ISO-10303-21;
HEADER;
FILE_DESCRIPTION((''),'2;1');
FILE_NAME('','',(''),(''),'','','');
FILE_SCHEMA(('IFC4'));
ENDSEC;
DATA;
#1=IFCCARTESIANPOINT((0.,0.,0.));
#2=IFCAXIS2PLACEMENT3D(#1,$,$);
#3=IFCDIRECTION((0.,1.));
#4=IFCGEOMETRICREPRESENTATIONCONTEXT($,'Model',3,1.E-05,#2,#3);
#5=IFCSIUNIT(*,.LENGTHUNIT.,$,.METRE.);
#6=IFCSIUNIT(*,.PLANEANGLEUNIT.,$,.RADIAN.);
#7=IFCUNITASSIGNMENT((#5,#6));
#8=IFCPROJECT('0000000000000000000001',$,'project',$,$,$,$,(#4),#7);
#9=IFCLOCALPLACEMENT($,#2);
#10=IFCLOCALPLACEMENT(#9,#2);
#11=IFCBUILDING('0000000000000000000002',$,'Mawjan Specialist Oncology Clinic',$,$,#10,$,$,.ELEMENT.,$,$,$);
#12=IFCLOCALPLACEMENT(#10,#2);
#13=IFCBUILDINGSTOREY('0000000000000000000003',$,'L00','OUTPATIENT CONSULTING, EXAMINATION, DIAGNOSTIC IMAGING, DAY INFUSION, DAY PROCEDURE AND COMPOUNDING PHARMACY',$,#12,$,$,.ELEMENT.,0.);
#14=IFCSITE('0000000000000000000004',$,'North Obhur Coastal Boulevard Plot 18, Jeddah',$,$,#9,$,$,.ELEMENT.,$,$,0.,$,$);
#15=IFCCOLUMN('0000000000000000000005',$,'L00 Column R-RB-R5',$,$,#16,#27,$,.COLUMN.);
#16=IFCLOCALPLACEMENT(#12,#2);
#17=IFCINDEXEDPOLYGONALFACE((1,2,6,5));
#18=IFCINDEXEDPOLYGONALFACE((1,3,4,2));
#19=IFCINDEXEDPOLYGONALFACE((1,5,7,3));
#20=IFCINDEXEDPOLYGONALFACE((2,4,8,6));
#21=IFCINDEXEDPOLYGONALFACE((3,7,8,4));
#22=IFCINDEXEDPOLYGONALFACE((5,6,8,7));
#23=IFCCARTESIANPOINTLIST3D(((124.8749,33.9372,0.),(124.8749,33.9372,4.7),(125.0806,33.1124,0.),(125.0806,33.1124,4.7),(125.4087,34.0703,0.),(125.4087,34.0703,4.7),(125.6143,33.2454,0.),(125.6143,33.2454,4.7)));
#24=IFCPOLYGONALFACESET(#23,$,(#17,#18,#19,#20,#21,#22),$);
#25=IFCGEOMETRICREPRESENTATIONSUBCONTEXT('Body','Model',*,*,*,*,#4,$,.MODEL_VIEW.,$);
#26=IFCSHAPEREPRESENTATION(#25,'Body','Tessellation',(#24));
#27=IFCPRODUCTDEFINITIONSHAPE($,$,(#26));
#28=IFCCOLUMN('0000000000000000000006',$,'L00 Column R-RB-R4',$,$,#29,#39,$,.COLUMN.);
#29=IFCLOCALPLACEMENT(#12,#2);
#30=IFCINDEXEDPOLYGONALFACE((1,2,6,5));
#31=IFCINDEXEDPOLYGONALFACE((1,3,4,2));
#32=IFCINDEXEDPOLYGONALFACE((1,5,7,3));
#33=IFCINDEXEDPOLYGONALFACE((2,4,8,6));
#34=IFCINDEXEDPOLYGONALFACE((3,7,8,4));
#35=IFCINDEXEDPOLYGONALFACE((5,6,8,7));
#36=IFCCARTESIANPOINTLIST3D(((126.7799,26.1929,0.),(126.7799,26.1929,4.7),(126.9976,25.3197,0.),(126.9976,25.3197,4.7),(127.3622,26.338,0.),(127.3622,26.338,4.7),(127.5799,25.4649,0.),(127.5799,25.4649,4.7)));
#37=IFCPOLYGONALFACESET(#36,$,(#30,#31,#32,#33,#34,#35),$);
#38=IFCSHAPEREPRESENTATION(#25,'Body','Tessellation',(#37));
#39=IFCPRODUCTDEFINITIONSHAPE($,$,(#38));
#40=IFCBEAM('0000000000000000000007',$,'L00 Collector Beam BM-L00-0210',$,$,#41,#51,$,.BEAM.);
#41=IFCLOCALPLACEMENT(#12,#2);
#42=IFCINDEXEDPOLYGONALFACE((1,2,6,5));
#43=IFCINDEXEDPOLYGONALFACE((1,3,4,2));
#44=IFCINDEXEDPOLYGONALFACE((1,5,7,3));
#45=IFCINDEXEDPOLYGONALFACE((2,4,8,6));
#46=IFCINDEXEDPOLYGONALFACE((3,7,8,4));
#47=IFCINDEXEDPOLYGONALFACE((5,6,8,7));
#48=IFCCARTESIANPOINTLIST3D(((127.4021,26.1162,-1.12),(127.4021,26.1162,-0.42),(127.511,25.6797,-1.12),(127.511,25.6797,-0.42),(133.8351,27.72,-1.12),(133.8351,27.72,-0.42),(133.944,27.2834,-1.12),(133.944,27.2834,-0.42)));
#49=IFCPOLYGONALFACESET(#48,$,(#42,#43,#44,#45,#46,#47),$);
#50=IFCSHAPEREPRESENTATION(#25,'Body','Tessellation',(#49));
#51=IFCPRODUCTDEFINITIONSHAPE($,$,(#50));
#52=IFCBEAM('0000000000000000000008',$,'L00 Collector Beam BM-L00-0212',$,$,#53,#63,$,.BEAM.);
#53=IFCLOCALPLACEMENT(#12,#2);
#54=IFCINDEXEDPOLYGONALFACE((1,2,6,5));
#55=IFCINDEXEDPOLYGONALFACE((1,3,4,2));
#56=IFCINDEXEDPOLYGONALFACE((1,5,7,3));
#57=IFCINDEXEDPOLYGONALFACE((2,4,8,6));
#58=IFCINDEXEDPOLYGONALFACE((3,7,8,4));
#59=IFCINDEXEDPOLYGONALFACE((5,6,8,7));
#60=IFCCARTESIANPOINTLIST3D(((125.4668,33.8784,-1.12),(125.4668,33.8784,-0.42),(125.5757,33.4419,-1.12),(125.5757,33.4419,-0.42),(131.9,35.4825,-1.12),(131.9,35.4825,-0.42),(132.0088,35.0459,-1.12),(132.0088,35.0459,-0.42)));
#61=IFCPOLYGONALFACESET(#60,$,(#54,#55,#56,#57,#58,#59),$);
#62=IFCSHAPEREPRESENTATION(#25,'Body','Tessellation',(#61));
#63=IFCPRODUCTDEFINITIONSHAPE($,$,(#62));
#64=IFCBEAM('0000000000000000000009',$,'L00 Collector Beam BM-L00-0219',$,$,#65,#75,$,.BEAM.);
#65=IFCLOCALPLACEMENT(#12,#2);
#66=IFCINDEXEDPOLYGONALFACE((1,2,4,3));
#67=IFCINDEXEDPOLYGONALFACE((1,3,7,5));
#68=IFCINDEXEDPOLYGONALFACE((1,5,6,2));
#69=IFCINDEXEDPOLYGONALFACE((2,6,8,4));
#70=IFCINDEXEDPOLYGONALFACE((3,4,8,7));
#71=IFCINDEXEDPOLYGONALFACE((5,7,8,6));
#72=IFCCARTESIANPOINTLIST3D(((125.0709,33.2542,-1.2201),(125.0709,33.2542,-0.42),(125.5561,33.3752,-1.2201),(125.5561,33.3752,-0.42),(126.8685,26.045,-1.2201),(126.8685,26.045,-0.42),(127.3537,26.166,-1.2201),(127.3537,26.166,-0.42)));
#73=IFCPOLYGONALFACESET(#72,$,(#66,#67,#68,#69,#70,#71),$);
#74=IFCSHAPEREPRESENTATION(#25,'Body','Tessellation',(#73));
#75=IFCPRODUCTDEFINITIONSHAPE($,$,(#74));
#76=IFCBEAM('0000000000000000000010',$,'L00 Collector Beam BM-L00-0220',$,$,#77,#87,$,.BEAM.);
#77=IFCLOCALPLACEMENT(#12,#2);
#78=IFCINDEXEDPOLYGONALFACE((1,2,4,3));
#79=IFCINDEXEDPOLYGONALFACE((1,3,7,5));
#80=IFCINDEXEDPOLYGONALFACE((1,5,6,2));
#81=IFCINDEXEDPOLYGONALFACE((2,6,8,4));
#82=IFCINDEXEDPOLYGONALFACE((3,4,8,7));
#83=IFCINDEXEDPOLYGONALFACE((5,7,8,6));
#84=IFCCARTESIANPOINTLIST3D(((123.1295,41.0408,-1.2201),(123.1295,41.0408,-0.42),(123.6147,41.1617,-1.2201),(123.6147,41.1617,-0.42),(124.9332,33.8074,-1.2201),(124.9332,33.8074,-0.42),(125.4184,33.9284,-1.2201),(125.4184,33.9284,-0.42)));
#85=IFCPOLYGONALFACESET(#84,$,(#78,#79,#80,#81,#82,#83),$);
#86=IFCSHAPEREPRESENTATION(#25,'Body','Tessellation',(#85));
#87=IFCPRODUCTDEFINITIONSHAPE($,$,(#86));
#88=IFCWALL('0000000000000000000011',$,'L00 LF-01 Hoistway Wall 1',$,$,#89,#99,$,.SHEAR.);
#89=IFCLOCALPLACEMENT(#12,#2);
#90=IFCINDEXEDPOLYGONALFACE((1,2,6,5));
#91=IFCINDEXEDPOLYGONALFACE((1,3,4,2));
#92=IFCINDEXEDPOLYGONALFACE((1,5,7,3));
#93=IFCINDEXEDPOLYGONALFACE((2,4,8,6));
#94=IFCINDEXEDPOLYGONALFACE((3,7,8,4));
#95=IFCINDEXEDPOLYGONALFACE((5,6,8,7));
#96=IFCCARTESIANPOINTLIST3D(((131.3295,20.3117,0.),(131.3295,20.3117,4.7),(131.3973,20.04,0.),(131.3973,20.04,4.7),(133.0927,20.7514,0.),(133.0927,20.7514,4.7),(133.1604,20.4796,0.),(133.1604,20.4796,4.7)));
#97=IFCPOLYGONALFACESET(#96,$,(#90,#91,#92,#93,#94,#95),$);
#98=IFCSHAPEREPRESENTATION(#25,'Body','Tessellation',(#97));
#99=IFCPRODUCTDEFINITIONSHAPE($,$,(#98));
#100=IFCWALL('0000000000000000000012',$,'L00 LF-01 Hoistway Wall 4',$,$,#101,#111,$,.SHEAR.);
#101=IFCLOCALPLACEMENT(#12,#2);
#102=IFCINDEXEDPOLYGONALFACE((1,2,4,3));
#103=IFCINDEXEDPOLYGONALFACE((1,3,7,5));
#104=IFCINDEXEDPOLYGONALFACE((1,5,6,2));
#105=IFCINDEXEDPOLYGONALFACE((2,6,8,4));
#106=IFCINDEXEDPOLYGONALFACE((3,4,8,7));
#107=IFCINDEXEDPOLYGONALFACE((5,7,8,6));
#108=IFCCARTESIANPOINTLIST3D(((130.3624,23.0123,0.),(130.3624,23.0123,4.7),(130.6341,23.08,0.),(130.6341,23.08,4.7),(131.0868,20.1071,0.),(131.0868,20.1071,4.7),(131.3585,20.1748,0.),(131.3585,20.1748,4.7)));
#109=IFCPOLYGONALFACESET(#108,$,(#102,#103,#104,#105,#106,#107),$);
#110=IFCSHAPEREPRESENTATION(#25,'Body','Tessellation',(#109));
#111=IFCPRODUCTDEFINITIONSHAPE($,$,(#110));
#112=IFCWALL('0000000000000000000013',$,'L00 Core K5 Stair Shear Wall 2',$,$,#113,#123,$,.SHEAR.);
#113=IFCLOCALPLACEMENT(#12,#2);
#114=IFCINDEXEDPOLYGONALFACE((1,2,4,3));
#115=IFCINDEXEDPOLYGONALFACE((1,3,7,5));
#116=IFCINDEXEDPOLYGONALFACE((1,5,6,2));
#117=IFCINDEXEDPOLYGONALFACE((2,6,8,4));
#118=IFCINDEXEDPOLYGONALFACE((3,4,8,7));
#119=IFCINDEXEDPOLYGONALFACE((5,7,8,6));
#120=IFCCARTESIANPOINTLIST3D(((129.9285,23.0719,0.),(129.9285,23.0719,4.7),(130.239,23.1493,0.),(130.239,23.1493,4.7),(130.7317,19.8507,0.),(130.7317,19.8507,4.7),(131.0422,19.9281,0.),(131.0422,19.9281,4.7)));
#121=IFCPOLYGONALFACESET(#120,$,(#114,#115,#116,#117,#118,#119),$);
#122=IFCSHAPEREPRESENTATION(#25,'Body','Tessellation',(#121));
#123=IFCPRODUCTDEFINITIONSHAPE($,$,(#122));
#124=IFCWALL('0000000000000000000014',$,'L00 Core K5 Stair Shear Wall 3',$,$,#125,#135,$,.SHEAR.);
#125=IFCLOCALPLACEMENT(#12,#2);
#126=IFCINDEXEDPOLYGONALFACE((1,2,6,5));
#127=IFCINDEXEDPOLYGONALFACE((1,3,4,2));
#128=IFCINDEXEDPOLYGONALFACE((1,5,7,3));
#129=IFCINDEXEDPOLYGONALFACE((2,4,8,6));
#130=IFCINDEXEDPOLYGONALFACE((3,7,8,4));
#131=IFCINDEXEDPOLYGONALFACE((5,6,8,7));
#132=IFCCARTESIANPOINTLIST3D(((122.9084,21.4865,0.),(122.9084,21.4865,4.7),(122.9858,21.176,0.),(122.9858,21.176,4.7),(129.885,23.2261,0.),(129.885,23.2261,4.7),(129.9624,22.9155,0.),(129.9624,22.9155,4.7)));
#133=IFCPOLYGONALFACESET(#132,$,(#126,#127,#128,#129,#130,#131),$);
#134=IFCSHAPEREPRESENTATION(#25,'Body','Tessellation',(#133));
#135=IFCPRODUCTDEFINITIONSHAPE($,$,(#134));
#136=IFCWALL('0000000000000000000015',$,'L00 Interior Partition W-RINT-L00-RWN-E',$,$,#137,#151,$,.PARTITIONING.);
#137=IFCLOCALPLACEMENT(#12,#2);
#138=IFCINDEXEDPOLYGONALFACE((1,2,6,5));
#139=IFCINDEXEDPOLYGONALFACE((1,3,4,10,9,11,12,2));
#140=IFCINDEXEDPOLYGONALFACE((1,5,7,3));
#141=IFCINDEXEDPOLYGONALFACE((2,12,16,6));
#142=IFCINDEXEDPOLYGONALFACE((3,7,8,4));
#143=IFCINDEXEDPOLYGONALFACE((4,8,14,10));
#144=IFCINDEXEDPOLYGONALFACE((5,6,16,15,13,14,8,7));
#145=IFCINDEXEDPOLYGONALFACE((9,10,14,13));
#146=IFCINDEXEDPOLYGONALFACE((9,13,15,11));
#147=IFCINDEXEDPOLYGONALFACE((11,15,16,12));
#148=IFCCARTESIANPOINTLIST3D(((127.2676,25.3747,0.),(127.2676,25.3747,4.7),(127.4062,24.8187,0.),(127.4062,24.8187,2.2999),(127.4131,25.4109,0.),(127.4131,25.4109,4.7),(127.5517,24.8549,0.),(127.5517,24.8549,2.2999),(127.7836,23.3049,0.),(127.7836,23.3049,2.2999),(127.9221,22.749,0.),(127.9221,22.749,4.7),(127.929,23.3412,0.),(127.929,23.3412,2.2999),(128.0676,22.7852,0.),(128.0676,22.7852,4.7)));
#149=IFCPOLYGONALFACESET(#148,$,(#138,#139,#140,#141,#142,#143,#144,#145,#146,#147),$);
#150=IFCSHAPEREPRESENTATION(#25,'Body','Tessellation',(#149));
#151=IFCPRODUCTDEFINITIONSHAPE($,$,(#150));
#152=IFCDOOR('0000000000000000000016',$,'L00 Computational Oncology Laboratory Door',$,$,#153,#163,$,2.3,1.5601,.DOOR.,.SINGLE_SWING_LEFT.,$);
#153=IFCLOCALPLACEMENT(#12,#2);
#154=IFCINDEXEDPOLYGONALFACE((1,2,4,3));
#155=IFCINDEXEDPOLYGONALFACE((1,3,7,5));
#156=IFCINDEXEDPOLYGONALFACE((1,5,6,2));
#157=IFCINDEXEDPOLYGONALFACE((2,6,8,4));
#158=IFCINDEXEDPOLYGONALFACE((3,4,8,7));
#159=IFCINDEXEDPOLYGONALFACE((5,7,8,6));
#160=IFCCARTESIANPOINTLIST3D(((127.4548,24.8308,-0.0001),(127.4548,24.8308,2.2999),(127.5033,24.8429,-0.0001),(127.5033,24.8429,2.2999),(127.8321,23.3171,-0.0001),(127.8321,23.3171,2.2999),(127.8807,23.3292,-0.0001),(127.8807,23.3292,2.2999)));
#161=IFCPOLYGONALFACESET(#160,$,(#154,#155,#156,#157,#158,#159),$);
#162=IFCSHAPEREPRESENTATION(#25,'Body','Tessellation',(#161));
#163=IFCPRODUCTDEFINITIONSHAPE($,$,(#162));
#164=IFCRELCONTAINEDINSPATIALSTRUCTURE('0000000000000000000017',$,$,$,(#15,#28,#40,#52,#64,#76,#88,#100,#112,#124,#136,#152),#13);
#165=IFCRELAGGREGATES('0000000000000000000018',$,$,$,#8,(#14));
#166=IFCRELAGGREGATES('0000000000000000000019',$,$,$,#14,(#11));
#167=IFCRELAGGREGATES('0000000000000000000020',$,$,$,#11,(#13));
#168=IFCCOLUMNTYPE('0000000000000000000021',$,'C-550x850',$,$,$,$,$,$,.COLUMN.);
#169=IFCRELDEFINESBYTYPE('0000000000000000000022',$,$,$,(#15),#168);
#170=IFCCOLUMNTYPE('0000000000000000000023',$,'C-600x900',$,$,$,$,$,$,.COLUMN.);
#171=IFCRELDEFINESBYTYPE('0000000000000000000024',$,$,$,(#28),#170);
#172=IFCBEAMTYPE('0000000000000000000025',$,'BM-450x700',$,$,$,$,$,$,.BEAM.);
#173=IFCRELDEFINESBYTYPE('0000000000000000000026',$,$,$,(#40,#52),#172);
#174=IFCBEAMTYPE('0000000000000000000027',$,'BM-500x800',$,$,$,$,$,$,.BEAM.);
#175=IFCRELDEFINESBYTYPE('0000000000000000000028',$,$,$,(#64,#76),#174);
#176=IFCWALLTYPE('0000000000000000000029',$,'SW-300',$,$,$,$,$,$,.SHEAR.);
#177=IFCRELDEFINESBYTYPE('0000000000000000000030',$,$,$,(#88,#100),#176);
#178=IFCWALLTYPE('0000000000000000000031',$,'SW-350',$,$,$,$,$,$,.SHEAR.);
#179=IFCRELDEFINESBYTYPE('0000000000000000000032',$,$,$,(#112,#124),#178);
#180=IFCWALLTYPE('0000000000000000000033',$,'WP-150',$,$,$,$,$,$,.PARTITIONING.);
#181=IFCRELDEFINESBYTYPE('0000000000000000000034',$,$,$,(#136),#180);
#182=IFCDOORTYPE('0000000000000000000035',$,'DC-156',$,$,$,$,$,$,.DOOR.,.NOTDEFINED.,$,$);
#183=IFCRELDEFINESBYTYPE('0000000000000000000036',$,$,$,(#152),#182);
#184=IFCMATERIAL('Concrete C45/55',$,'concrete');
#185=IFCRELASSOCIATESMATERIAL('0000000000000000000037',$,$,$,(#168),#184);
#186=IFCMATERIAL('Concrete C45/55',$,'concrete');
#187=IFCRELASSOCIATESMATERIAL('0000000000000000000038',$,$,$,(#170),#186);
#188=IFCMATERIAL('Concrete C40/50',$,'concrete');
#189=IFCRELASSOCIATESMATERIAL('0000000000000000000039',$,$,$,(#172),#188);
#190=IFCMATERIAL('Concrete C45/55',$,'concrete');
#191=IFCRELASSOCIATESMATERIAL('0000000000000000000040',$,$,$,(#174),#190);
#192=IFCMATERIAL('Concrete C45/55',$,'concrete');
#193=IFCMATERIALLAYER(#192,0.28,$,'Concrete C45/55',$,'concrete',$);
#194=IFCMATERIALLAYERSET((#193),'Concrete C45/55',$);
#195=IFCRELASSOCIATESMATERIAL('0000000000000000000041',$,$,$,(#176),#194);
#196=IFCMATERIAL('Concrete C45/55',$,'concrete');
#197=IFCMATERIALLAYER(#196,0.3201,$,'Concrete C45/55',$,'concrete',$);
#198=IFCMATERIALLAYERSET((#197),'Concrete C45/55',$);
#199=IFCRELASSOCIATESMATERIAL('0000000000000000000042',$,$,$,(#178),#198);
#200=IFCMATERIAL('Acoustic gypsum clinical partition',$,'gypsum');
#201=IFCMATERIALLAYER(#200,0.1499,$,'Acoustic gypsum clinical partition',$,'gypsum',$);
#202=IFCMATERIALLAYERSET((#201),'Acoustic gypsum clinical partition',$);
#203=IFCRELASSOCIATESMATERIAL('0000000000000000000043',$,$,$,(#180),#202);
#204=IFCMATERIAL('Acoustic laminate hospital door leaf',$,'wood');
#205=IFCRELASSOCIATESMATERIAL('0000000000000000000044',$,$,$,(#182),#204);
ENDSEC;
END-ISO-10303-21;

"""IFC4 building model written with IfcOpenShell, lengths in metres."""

from ifc_helpers import new_model, si_unit, direction, frame, frame_2d, origin, origin_2d, place, context, subcontext, project, spatial, rectangle, extrude, material, layer, layer_set, material_profile, profile_set, type_object, element, fill, save


model = new_model("IFC4")

# Units and contexts
model_context = context("Model", 3, precision=1e-05, world=origin(), true_north=direction((0.0, 1.0)))
body_context = subcontext(model_context, "Body", "Model", "MODEL_VIEW")
ifc_project = project(units=[si_unit("LENGTHUNIT", "METRE"), si_unit("PLANEANGLEUNIT", "RADIAN")], contexts=[model_context])

# Site, building, storey
site_placement = place(None, origin())
site = spatial("IfcSite", under=ifc_project, at=site_placement, Name="North Obhur Coastal Boulevard Plot 18, Jeddah", CompositionType="ELEMENT", RefElevation=0.0)
building_placement = place(site_placement, origin())
building = spatial("IfcBuilding", under=site, at=building_placement, Name="Mawjan Specialist Oncology Clinic", CompositionType="ELEMENT")
storey_placement = place(building_placement, origin())
storey = spatial("IfcBuildingStorey", under=building, at=storey_placement, Name="L00", Description="OUTPATIENT CONSULTING, EXAMINATION, DIAGNOSTIC IMAGING, DAY INFUSION, DAY PROCEDURE AND COMPOUNDING PHARMACY", CompositionType="ELEMENT", Elevation=0.0)

# Columns
ifc_material_1 = material(Name="Concrete C45/55", Category="concrete")
ifc_material_profile_1 = material_profile(ifc_material_1, rectangle(XDim=0.55, YDim=0.8501, at=origin_2d()), Name="RC COL 550x850", Category="concrete")
ifc_profile_set_1 = profile_set([ifc_material_profile_1], Name="Concrete C45/55")
column_type_1 = type_object("IfcColumnType", Name="C-550x850", PredefinedType="COLUMN", material=ifc_profile_set_1)
column_1_placement = place(storey_placement, frame((125.2446, 33.5913, 0.0), z_axis=(0.0, 0.0, 1.0), x_axis=(0.970296, 0.241922, 0.0)))
element("IfcColumn", 1, at=column_1_placement, inside=storey, type_object=column_type_1, Name="L00 Column R-RB-R5", PredefinedType="COLUMN", context=body_context, shape_type="SweptSolid", body=[
    extrude(rectangle(XDim=0.55, YDim=0.8501, at=origin_2d()), origin(), (0.0, 0.0, 1.0), 4.7),
])
ifc_material_2 = material(Name="Concrete C45/55", Category="concrete")
ifc_material_profile_2 = material_profile(ifc_material_2, rectangle(XDim=0.6001, YDim=0.8999, at=origin_2d()), Name="RC COL 600x900", Category="concrete")
ifc_profile_set_2 = profile_set([ifc_material_profile_2], Name="Concrete C45/55")
column_type_2 = type_object("IfcColumnType", Name="C-600x900", PredefinedType="COLUMN", material=ifc_profile_set_2)
column_2_placement = place(storey_placement, frame((127.1799, 25.8289, 0.0), z_axis=(0.0, 0.0, 1.0), x_axis=(0.970296, 0.241922, 0.0)))
element("IfcColumn", 2, at=column_2_placement, inside=storey, type_object=column_type_2, Name="L00 Column R-RB-R4", PredefinedType="COLUMN", context=body_context, shape_type="SweptSolid", body=[
    extrude(rectangle(XDim=0.6001, YDim=0.8999, at=origin_2d()), origin(), (0.0, 0.0, 1.0), 4.7),
])

# Beams
ifc_material_3 = material(Name="Concrete C40/50", Category="concrete")
ifc_material_profile_3 = material_profile(ifc_material_3, rectangle(XDim=0.45, YDim=0.7, at=origin_2d()), Name="RC BM 450x700", Category="concrete")
ifc_profile_set_3 = profile_set([ifc_material_profile_3], Name="Concrete C40/50")
beam_type_1 = type_object("IfcBeamType", Name="BM-450x700", PredefinedType="BEAM", material=ifc_profile_set_3)
beam_1_placement = place(storey_placement, frame((127.4565, 25.8979, -0.77), z_axis=(0.970303, 0.241894, 0.0), x_axis=(-0.241894, 0.970303, 0.0)))
element("IfcBeam", 3, at=beam_1_placement, inside=storey, type_object=beam_type_1, Name="L00 Collector Beam BM-L00-0210", PredefinedType="BEAM", context=body_context, shape_type="SweptSolid", body=[
    extrude(rectangle(XDim=0.45, YDim=0.7, at=origin_2d()), origin(), (0.0, 0.0, 1.0), 6.6299),
])
beam_2_placement = place(storey_placement, frame((125.5212, 33.6602, -0.77), z_axis=(0.970294, 0.241929, 0.0), x_axis=(-0.241929, 0.970294, 0.0)))
element("IfcBeam", 4, at=beam_2_placement, inside=storey, type_object=beam_type_1, Name="L00 Collector Beam BM-L00-0212", PredefinedType="BEAM", context=body_context, shape_type="SweptSolid", body=[
    extrude(rectangle(XDim=0.45, YDim=0.7, at=origin_2d()), origin(), (0.0, 0.0, 1.0), 6.6301),
])
ifc_material_4 = material(Name="Concrete C45/55", Category="concrete")
ifc_material_profile_4 = material_profile(ifc_material_4, rectangle(XDim=0.5, YDim=0.8, at=origin_2d()), Name="RC BM 500x800", Category="concrete")
ifc_profile_set_4 = profile_set([ifc_material_profile_4], Name="Concrete C45/55")
beam_type_2 = type_object("IfcBeamType", Name="BM-500x800", PredefinedType="BEAM", material=ifc_profile_set_4)
beam_3_placement = place(storey_placement, frame((127.1111, 26.1055, -0.8201), z_axis=(-0.24194, 0.970291, 0.0), x_axis=(-0.970291, -0.24194, 0.0)))
element("IfcBeam", 5, at=beam_3_placement, inside=storey, type_object=beam_type_2, Name="L00 Collector Beam BM-L00-0219", PredefinedType="BEAM", context=body_context, shape_type="SweptSolid", body=[
    extrude(rectangle(XDim=0.5, YDim=0.8, at=origin_2d()), origin(), (0.0, 0.0, 1.0), 7.4299),
])
beam_4_placement = place(storey_placement, frame((125.1758, 33.8679, -0.8201), z_axis=(-0.24195, 0.970289, 0.0), x_axis=(-0.970289, -0.24195, 0.0)))
element("IfcBeam", 6, at=beam_4_placement, inside=storey, type_object=beam_type_2, Name="L00 Collector Beam BM-L00-0220", PredefinedType="BEAM", context=body_context, shape_type="SweptSolid", body=[
    extrude(rectangle(XDim=0.5, YDim=0.8, at=origin_2d()), origin(), (0.0, 0.0, 1.0), 7.4548),
])

# Walls
ifc_material_5 = material(Name="Concrete C45/55", Category="concrete")
ifc_layer_1 = layer(ifc_material_5, 0.28, Name="Concrete C45/55", Category="concrete")
ifc_layer_set_1 = layer_set([ifc_layer_1], Name="Concrete C45/55")
wall_type_1 = type_object("IfcWallType", Name="SW-300", PredefinedType="SHEAR", material=ifc_layer_set_1)
wall_1_placement = place(storey_placement, frame((131.3633, 20.1758, 0.0), z_axis=(0.0, 0.0, 1.0), x_axis=(0.970285, 0.241967, 0.0)))
element("IfcWall", 7, at=wall_1_placement, inside=storey, type_object=wall_type_1, Name="L00 LF-01 Hoistway Wall 1", PredefinedType="SHEAR", context=body_context, shape_type="SweptSolid", body=[
    extrude(rectangle(XDim=1.8171, YDim=0.28, at=frame_2d((0.9087, 0.0))), origin(), (0.0, 0.0, 1.0), 4.7),
])
wall_2_placement = place(storey_placement, frame((130.4983, 23.0461, 0.0), z_axis=(0.0, 0.0, 1.0), x_axis=(0.241922, -0.970296, 0.0)))
element("IfcWall", 8, at=wall_2_placement, inside=storey, type_object=wall_type_1, Name="L00 LF-01 Hoistway Wall 4", PredefinedType="SHEAR", context=body_context, shape_type="SweptSolid", body=[
    extrude(rectangle(XDim=2.9941, YDim=0.28, at=frame_2d((1.4971, 0.0))), origin(), (0.0, 0.0, 1.0), 4.7),
])
ifc_material_6 = material(Name="Concrete C45/55", Category="concrete")
ifc_layer_2 = layer(ifc_material_6, 0.3201, Name="Concrete C45/55", Category="concrete")
ifc_layer_set_2 = layer_set([ifc_layer_2], Name="Concrete C45/55")
wall_type_2 = type_object("IfcWallType", Name="SW-350", PredefinedType="SHEAR", material=ifc_layer_set_2)
wall_3_placement = place(storey_placement, frame((130.887, 19.8894, 0.0), z_axis=(0.0, 0.0, 1.0), x_axis=(-0.241947, 0.970289, 0.0)))
element("IfcWall", 9, at=wall_3_placement, inside=storey, type_object=wall_type_2, Name="L00 Core K5 Stair Shear Wall 2", PredefinedType="SHEAR", context=body_context, shape_type="SweptSolid", body=[
    extrude(rectangle(XDim=3.3198, YDim=0.3201, at=frame_2d((1.6599, 0.0))), origin(), (0.0, 0.0, 1.0), 4.7),
])
wall_4_placement = place(storey_placement, frame((129.9238, 23.0708, 0.0), z_axis=(0.0, 0.0, 1.0), x_axis=(-0.970294, -0.241928, 0.0)))
element("IfcWall", 10, at=wall_4_placement, inside=storey, type_object=wall_type_2, Name="L00 Core K5 Stair Shear Wall 3", PredefinedType="SHEAR", context=body_context, shape_type="SweptSolid", body=[
    extrude(rectangle(XDim=7.1902, YDim=0.3201, at=frame_2d((3.5952, 0.0))), origin(), (0.0, 0.0, 1.0), 4.7),
])

# Wall, opening, door
ifc_material_7 = material(Name="Acoustic gypsum clinical partition", Category="gypsum")
ifc_layer_3 = layer(ifc_material_7, 0.1499, Name="Acoustic gypsum clinical partition", Category="gypsum")
ifc_layer_set_3 = layer_set([ifc_layer_3], Name="Acoustic gypsum clinical partition")
wall_type_3 = type_object("IfcWallType", Name="WP-150", PredefinedType="PARTITIONING", material=ifc_layer_set_3)
wall_5_placement = place(storey_placement, frame((127.9949, 22.7671, 0.0), z_axis=(0.0, 0.0, 1.0), x_axis=(-0.241878, 0.970307, 0.0)))
wall_5 = element("IfcWall", 11, at=wall_5_placement, inside=storey, type_object=wall_type_3, Name="L00 Interior Partition W-RINT-L00-RWN-E", PredefinedType="PARTITIONING", context=body_context, shape_type="SweptSolid", body=[
    extrude(rectangle(XDim=2.7061, YDim=0.1499, at=frame_2d((1.353, 0.0))), origin(), (0.0, 0.0, 1.0), 4.7),
])
opening_1_placement = place(wall_5_placement, frame((0.573, 0.0, 0.0)))
opening_1 = element("IfcOpeningElement", 12, at=opening_1_placement, cuts=wall_5, PredefinedType="OPENING", context=body_context, shape_type="SweptSolid", body=[
    extrude(rectangle(XDim=1.5601, YDim=2.3, at=frame_2d((0.78, 1.1499))), frame((0.0, 0.0869, 0.0), z_axis=(0.0, -1.0, 0.0), x_axis=(1.0, 0.0, 0.0)), (0.0, 0.0, 1.0), 0.1738),
])
ifc_material_8 = material(Name="Acoustic laminate hospital door leaf", Category="wood")
door_type_1 = type_object("IfcDoorType", Name="DC-156", OperationType="NOTDEFINED", PredefinedType="DOOR", material=ifc_material_8)
door_1_placement = place(opening_1_placement, origin())
door_1 = element("IfcDoor", 13, at=door_1_placement, inside=storey, type_object=door_type_1, Name="L00 Computational Oncology Laboratory Door", OperationType="SINGLE_SWING_LEFT", OverallHeight=2.3, OverallWidth=1.5601, PredefinedType="DOOR", context=body_context, shape_type="SweptSolid", body=[
    extrude(rectangle(XDim=1.5601, YDim=2.3, at=frame_2d((0.78, 1.1499))), frame((0.0, 0.0249, 0.0), z_axis=(0.0, -1.0, 0.0), x_axis=(1.0, 0.0, 0.0)), (0.0, 0.0, 1.0), 0.05),
])
fill(opening_1, door_1)

save(model, "model.ifc")
